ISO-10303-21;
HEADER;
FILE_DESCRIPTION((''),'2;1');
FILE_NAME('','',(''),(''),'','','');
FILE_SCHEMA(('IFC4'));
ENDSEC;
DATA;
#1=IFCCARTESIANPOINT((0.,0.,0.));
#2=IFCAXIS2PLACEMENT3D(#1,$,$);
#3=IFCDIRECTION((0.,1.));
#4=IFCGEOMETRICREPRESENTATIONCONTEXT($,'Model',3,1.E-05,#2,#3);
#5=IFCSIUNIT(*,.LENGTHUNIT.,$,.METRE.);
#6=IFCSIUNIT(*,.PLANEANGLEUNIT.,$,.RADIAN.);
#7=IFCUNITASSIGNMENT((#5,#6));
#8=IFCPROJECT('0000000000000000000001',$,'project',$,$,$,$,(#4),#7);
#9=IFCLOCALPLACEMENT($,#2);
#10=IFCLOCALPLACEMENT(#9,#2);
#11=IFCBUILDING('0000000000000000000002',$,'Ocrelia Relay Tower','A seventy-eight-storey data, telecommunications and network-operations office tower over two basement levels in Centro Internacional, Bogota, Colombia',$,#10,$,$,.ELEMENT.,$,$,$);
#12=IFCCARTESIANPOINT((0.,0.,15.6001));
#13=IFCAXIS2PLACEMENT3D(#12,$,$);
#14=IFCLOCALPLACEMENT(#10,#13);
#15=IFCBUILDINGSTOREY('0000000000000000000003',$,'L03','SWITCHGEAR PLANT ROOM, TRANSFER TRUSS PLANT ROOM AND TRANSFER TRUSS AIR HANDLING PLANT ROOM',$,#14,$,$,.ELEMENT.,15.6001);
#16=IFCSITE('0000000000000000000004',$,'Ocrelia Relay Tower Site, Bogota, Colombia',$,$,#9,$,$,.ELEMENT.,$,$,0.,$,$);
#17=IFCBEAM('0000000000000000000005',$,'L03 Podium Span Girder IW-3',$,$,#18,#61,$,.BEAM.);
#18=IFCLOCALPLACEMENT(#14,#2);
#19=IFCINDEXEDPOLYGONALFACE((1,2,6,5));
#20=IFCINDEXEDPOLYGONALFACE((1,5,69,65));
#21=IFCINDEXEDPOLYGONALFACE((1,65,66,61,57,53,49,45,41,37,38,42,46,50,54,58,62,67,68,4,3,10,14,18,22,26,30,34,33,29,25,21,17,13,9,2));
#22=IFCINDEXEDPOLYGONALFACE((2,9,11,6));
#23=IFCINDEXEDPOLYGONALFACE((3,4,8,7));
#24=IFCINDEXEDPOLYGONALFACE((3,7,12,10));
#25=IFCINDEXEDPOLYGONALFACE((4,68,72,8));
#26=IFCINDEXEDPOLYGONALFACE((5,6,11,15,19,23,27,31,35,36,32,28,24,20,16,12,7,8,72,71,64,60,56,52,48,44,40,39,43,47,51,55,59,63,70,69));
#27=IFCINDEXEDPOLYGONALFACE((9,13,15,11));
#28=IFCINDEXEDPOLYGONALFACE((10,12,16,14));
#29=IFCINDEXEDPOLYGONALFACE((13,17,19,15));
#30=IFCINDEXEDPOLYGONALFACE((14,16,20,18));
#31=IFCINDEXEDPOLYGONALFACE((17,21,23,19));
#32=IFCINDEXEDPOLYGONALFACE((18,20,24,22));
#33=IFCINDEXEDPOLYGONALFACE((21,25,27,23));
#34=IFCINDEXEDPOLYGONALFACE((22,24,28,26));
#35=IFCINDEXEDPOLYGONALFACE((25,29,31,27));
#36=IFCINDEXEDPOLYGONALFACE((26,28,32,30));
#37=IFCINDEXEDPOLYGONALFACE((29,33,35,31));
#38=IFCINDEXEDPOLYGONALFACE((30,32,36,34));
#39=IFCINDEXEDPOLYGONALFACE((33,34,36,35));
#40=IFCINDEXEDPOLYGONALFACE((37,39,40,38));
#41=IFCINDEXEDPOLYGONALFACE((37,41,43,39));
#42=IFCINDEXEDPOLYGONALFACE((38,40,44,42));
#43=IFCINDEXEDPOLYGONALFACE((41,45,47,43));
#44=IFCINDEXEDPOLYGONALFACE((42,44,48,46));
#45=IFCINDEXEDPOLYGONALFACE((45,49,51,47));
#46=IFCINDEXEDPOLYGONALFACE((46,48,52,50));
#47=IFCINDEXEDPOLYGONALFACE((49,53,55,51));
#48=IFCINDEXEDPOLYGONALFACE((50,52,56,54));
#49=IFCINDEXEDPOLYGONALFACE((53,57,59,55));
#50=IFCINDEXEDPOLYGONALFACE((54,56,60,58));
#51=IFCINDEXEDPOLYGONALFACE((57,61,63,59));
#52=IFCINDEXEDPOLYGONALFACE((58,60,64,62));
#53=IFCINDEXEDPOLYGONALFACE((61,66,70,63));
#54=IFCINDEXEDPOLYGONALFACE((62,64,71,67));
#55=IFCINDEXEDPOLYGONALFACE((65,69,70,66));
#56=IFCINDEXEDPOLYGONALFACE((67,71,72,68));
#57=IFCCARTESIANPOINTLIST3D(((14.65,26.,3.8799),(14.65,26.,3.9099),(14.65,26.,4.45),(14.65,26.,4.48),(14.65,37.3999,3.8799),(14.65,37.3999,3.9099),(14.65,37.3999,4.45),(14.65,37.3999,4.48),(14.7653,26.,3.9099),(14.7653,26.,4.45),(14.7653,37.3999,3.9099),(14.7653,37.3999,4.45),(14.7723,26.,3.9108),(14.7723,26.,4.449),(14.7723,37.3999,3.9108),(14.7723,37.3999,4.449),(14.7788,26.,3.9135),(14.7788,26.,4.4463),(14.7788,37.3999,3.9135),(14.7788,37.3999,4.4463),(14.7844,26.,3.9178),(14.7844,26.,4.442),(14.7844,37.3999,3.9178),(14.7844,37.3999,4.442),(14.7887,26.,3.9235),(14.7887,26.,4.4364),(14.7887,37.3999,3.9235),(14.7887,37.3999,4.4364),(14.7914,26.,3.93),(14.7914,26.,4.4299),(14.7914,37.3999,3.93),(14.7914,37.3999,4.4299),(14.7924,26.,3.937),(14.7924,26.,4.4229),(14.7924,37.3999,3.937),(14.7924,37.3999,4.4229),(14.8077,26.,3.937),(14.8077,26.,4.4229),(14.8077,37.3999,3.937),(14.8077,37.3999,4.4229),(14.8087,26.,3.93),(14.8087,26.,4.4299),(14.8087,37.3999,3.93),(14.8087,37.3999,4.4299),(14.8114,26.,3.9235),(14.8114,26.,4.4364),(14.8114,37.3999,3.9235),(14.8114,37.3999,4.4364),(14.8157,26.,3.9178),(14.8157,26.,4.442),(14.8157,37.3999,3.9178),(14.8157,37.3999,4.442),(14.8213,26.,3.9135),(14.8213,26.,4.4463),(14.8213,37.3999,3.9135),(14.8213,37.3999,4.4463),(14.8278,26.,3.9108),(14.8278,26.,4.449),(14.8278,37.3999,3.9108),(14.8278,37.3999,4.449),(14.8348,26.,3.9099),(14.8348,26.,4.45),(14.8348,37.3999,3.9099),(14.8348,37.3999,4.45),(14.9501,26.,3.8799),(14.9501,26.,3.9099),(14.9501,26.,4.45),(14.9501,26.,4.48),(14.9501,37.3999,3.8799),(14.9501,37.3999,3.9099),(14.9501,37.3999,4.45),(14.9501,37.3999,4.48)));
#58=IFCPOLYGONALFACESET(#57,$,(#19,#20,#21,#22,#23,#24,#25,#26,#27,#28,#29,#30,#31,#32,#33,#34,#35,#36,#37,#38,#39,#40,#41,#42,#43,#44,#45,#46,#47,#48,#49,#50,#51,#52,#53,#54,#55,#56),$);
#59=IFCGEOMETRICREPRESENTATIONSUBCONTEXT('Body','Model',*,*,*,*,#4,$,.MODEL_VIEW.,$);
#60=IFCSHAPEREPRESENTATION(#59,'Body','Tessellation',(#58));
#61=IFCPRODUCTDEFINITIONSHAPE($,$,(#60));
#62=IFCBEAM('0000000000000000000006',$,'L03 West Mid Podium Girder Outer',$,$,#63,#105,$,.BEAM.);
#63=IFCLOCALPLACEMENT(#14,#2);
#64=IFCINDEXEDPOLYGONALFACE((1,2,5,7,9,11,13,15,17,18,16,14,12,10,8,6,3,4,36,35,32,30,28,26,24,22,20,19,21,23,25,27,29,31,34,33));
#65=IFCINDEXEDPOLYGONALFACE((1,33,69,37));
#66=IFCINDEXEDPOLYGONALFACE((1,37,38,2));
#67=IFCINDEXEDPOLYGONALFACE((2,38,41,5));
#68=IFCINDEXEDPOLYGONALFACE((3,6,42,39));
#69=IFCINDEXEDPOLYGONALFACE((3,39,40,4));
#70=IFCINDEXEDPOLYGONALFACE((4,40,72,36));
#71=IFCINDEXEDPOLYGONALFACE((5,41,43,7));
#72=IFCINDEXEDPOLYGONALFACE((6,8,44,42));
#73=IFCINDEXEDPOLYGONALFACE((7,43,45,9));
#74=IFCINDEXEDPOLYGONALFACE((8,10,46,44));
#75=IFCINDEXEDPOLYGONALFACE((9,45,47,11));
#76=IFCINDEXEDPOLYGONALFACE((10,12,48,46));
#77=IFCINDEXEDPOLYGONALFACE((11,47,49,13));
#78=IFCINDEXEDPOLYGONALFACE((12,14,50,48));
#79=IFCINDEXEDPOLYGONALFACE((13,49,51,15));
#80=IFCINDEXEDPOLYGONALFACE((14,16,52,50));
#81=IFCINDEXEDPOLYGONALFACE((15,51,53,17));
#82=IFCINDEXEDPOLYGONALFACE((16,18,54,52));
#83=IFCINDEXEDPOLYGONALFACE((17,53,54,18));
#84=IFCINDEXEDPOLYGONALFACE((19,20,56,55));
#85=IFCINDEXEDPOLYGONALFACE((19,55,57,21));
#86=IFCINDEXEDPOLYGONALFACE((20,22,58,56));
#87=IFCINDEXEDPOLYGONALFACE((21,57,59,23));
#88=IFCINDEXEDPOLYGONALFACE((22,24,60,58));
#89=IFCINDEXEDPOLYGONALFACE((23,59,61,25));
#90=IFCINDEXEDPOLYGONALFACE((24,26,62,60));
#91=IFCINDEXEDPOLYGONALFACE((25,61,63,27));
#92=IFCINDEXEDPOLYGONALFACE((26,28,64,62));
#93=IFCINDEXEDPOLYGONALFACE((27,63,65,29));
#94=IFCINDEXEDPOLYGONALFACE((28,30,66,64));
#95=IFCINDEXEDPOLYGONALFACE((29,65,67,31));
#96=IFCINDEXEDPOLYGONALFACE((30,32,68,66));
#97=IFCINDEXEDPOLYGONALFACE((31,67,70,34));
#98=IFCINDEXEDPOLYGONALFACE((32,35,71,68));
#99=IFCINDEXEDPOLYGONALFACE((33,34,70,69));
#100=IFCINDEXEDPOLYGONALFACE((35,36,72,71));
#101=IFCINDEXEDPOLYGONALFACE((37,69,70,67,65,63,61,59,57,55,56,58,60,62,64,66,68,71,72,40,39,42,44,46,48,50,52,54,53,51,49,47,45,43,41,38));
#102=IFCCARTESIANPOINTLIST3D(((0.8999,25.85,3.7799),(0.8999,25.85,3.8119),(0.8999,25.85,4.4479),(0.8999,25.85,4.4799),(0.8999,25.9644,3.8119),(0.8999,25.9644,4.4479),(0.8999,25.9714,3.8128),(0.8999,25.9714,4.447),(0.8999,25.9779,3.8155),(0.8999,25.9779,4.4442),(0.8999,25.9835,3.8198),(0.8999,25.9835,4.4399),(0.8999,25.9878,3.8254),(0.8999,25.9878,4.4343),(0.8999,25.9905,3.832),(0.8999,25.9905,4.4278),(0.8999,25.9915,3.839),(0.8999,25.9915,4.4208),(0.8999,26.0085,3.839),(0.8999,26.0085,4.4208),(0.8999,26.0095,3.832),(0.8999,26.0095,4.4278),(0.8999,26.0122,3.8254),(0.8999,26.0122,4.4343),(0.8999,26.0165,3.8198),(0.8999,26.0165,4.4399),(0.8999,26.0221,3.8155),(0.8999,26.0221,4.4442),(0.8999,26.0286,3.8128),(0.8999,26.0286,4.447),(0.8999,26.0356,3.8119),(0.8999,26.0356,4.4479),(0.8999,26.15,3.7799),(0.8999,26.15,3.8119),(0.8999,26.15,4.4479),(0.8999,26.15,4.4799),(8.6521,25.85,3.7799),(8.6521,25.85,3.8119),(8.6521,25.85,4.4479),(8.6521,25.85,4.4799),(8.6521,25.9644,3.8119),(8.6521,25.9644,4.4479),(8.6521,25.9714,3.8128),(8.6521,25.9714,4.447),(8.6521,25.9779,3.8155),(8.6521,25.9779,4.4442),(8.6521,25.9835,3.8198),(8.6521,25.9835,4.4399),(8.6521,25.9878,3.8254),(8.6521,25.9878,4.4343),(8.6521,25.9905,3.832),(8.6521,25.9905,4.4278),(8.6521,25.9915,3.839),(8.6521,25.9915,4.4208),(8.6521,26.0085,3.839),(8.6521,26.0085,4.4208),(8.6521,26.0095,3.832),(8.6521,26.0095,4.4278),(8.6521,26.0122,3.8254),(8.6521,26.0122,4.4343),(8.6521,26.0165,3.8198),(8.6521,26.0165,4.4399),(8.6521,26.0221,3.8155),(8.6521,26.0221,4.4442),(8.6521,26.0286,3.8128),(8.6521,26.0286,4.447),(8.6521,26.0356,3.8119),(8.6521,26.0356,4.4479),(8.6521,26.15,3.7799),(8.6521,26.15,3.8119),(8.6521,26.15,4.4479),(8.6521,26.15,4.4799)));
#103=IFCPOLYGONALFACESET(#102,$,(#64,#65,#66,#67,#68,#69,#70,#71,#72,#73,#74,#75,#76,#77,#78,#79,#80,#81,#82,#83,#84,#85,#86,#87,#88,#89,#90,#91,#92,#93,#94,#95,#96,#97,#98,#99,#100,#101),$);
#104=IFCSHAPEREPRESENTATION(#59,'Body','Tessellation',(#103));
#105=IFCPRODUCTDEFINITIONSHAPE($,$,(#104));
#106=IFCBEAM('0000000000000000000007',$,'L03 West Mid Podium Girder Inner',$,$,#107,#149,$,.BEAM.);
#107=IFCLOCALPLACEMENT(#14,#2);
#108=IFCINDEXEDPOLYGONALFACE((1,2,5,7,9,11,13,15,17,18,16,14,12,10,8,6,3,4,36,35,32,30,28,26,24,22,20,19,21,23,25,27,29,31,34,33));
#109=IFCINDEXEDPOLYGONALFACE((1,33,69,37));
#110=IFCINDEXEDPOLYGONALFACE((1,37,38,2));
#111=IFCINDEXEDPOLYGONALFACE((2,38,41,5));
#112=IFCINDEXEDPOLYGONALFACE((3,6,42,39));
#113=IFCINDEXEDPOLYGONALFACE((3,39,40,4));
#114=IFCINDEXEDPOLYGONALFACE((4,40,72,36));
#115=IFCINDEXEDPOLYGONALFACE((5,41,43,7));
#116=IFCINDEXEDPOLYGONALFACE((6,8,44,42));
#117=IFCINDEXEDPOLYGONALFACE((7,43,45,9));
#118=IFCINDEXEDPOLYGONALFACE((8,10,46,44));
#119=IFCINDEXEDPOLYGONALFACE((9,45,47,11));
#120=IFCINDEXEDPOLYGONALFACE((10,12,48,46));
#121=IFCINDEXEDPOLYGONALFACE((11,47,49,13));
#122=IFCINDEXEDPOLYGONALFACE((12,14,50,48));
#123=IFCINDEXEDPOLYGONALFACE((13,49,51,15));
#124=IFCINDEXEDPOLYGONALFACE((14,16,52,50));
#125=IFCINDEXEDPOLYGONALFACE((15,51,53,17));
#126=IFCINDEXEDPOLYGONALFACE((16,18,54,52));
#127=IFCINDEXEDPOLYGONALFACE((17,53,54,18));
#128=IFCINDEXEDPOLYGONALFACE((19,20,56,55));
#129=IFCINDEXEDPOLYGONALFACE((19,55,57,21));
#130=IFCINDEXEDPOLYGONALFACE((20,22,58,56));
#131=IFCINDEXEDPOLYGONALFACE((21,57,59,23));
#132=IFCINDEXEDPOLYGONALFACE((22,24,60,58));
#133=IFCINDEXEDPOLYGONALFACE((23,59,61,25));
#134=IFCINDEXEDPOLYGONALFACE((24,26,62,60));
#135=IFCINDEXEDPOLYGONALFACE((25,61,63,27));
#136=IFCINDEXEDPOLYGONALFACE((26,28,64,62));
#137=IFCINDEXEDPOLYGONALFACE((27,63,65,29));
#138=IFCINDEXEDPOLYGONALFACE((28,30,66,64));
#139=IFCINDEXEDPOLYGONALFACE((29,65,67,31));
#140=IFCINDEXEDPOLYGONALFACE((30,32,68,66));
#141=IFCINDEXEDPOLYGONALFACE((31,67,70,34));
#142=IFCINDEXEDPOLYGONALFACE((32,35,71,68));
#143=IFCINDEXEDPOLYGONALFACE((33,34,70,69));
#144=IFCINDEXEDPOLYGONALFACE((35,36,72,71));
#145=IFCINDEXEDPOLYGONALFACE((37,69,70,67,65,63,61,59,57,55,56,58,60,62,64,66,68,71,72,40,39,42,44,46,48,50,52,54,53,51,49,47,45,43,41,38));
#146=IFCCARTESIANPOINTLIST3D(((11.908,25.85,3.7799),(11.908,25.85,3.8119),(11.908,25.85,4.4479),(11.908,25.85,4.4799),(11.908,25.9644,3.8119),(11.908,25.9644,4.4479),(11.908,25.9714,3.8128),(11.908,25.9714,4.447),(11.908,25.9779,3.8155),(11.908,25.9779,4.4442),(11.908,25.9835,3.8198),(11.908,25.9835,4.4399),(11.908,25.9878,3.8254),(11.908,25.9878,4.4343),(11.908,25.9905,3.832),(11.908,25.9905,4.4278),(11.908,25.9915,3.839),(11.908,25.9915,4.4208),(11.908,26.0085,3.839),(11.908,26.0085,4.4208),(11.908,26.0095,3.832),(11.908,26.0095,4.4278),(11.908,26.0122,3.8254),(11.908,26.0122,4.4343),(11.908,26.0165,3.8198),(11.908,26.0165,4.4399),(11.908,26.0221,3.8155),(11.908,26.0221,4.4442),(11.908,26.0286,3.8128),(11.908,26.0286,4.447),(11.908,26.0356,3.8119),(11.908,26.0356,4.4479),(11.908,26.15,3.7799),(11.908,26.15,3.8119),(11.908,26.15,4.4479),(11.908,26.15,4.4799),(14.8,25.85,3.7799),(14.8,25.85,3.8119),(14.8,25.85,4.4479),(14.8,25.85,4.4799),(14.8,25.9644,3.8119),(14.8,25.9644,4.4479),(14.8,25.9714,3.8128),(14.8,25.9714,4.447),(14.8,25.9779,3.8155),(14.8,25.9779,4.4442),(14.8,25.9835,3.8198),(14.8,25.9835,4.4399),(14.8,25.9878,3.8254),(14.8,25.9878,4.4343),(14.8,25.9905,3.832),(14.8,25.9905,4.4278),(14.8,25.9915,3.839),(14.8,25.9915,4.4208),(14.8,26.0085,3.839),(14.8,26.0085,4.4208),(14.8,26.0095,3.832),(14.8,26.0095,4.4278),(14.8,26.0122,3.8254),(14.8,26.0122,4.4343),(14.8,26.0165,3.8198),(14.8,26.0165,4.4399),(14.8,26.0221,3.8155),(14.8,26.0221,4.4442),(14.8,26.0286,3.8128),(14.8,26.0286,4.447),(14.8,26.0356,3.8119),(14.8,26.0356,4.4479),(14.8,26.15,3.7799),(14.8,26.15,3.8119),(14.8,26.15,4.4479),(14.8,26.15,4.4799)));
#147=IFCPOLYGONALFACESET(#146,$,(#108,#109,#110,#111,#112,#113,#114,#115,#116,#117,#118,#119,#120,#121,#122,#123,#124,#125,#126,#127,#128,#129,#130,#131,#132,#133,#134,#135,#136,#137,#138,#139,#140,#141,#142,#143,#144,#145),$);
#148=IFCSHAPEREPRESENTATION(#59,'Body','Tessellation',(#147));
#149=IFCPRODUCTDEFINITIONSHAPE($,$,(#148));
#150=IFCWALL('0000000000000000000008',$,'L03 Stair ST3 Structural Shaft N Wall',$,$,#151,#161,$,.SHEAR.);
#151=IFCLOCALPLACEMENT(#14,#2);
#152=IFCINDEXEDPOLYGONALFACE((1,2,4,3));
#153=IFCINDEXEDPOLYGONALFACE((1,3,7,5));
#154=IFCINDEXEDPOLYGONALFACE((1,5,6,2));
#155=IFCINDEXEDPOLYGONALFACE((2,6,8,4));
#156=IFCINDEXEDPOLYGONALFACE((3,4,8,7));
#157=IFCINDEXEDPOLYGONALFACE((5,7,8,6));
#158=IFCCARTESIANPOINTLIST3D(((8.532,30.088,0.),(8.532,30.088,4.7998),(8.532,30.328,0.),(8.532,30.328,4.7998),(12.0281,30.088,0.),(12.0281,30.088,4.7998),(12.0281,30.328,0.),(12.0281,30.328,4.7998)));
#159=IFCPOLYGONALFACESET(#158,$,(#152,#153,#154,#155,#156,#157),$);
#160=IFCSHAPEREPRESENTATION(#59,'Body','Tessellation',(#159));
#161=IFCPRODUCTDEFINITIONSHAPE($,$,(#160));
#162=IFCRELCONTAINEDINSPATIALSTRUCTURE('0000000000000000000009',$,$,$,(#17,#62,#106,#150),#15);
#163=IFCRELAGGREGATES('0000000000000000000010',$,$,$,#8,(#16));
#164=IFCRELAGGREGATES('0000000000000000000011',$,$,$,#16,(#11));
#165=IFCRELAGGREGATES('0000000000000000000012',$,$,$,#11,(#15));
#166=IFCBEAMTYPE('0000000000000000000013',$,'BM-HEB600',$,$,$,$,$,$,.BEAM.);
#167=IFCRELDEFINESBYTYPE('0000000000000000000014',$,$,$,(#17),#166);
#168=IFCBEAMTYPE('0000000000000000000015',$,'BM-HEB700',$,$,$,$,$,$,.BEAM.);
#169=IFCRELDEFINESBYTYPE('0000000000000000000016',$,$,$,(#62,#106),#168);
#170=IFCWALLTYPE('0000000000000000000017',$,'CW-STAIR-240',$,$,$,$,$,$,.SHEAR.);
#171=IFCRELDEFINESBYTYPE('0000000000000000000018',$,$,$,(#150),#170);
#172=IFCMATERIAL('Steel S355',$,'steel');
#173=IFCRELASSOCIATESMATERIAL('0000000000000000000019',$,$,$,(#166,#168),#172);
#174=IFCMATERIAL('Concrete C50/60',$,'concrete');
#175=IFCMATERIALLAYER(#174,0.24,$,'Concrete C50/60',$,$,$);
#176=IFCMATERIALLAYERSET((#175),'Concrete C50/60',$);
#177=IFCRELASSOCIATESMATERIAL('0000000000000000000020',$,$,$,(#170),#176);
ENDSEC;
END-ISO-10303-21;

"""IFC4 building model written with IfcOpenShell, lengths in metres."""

from ifc_helpers import new_model, si_unit, direction, frame, frame_2d, origin, origin_2d, place, context, subcontext, project, spatial, rectangle, i_section, extrude, material, layer, layer_set, material_profile, profile_set, type_object, element, save


model = new_model("IFC4")

# Units and contexts
model_context = context("Model", 3, precision=1e-05, world=origin(), true_north=direction((0.0, 1.0)))
body_context = subcontext(model_context, "Body", "Model", "MODEL_VIEW")
ifc_project = project(units=[si_unit("LENGTHUNIT", "METRE"), si_unit("PLANEANGLEUNIT", "RADIAN")], contexts=[model_context])

# Site, building, storey
site_placement = place(None, origin())
site = spatial("IfcSite", under=ifc_project, at=site_placement, Name="Ocrelia Relay Tower Site, Bogota, Colombia", CompositionType="ELEMENT", RefElevation=0.0)
building_placement = place(site_placement, origin())
building = spatial("IfcBuilding", under=site, at=building_placement, Name="Ocrelia Relay Tower", Description="A seventy-eight-storey data, telecommunications and network-operations office tower over two basement levels in Centro Internacional, Bogota, Colombia", CompositionType="ELEMENT")
storey_placement = place(building_placement, frame((0.0, 0.0, 15.6001)))
storey = spatial("IfcBuildingStorey", under=building, at=storey_placement, Name="L03", Description="SWITCHGEAR PLANT ROOM, TRANSFER TRUSS PLANT ROOM AND TRANSFER TRUSS AIR HANDLING PLANT ROOM", CompositionType="ELEMENT", Elevation=15.6001)

# Beams
ifc_material_1 = material(Name="Steel S355", Category="steel")
ifc_material_profile_1 = material_profile(ifc_material_1, i_section(OverallWidth=0.3, OverallDepth=0.6001, WebThickness=0.0154, FlangeThickness=0.03, FilletRadius=0.0271, at=origin_2d()), Name="HEB 600")
ifc_profile_set_1 = profile_set([ifc_material_profile_1], Name="Steel S355")
beam_type_1 = type_object("IfcBeamType", Name="BM-HEB600", PredefinedType="BEAM", material=ifc_profile_set_1)
for number, where, z_axis, x_axis, name in (
    (1, (14.8, 26.0, 4.1799), (0.0, 1.0, 0.0), (-1.0, 0.0, 0.0), "L03 Podium Span Girder IW-3"),
):
    element("IfcBeam", number, at=place(storey_placement, frame(where, z_axis=z_axis, x_axis=x_axis)), inside=storey, type_object=beam_type_1, Name=name, PredefinedType="BEAM", context=body_context, shape_type="SweptSolid", body=[
        extrude(i_section(OverallWidth=0.3, OverallDepth=0.6001, WebThickness=0.0154, FlangeThickness=0.03, FilletRadius=0.0271, at=origin_2d()), origin(), (0.0, 0.0, 1.0), 11.3999),
    ])
ifc_material_profile_2 = material_profile(ifc_material_1, i_section(OverallWidth=0.3, OverallDepth=0.7, WebThickness=0.0171, FlangeThickness=0.032, FilletRadius=0.0271, at=origin_2d()), Name="HEB 700")
ifc_profile_set_2 = profile_set([ifc_material_profile_2], Name="Steel S355")
beam_type_2 = type_object("IfcBeamType", Name="BM-HEB700", PredefinedType="BEAM", material=ifc_profile_set_2)
beam_1_placement = place(storey_placement, frame((0.8999, 26.0, 4.1299), z_axis=(1.0, 0.0, 0.0), x_axis=(0.0, 1.0, 0.0)))
element("IfcBeam", 2, at=beam_1_placement, inside=storey, type_object=beam_type_2, Name="L03 West Mid Podium Girder Outer", PredefinedType="BEAM", context=body_context, shape_type="SweptSolid", body=[
    extrude(i_section(OverallWidth=0.3, OverallDepth=0.7, WebThickness=0.0171, FlangeThickness=0.032, FilletRadius=0.0271, at=origin_2d()), origin(), (0.0, 0.0, 1.0), 7.7522),
])
beam_2_placement = place(storey_placement, frame((11.908, 26.0, 4.1299), z_axis=(1.0, 0.0, 0.0), x_axis=(0.0, 1.0, 0.0)))
element("IfcBeam", 3, at=beam_2_placement, inside=storey, type_object=beam_type_2, Name="L03 West Mid Podium Girder Inner", PredefinedType="BEAM", context=body_context, shape_type="SweptSolid", body=[
    extrude(i_section(OverallWidth=0.3, OverallDepth=0.7, WebThickness=0.0171, FlangeThickness=0.032, FilletRadius=0.0271, at=origin_2d()), origin(), (0.0, 0.0, 1.0), 2.8921),
])

# Wall
ifc_material_2 = material(Name="Concrete C50/60", Category="concrete")
ifc_layer_1 = layer(ifc_material_2, 0.24, Name="Concrete C50/60")
ifc_layer_set_1 = layer_set([ifc_layer_1], Name="Concrete C50/60")
wall_type_1 = type_object("IfcWallType", Name="CW-STAIR-240", PredefinedType="SHEAR", material=ifc_layer_set_1)
wall_1_placement = place(storey_placement, frame((8.532, 30.208, 0.0), z_axis=(0.0, 0.0, 1.0), x_axis=(1.0, 0.0, 0.0)))
element("IfcWall", 4, at=wall_1_placement, inside=storey, type_object=wall_type_1, Name="L03 Stair ST3 Structural Shaft N Wall", PredefinedType="SHEAR", context=body_context, shape_type="SweptSolid", body=[
    extrude(rectangle(XDim=3.4961, YDim=0.24, at=frame_2d((1.748, 0.0))), origin(), (0.0, 0.0, 1.0), 4.7998),
])

save(model, "model.ifc")
